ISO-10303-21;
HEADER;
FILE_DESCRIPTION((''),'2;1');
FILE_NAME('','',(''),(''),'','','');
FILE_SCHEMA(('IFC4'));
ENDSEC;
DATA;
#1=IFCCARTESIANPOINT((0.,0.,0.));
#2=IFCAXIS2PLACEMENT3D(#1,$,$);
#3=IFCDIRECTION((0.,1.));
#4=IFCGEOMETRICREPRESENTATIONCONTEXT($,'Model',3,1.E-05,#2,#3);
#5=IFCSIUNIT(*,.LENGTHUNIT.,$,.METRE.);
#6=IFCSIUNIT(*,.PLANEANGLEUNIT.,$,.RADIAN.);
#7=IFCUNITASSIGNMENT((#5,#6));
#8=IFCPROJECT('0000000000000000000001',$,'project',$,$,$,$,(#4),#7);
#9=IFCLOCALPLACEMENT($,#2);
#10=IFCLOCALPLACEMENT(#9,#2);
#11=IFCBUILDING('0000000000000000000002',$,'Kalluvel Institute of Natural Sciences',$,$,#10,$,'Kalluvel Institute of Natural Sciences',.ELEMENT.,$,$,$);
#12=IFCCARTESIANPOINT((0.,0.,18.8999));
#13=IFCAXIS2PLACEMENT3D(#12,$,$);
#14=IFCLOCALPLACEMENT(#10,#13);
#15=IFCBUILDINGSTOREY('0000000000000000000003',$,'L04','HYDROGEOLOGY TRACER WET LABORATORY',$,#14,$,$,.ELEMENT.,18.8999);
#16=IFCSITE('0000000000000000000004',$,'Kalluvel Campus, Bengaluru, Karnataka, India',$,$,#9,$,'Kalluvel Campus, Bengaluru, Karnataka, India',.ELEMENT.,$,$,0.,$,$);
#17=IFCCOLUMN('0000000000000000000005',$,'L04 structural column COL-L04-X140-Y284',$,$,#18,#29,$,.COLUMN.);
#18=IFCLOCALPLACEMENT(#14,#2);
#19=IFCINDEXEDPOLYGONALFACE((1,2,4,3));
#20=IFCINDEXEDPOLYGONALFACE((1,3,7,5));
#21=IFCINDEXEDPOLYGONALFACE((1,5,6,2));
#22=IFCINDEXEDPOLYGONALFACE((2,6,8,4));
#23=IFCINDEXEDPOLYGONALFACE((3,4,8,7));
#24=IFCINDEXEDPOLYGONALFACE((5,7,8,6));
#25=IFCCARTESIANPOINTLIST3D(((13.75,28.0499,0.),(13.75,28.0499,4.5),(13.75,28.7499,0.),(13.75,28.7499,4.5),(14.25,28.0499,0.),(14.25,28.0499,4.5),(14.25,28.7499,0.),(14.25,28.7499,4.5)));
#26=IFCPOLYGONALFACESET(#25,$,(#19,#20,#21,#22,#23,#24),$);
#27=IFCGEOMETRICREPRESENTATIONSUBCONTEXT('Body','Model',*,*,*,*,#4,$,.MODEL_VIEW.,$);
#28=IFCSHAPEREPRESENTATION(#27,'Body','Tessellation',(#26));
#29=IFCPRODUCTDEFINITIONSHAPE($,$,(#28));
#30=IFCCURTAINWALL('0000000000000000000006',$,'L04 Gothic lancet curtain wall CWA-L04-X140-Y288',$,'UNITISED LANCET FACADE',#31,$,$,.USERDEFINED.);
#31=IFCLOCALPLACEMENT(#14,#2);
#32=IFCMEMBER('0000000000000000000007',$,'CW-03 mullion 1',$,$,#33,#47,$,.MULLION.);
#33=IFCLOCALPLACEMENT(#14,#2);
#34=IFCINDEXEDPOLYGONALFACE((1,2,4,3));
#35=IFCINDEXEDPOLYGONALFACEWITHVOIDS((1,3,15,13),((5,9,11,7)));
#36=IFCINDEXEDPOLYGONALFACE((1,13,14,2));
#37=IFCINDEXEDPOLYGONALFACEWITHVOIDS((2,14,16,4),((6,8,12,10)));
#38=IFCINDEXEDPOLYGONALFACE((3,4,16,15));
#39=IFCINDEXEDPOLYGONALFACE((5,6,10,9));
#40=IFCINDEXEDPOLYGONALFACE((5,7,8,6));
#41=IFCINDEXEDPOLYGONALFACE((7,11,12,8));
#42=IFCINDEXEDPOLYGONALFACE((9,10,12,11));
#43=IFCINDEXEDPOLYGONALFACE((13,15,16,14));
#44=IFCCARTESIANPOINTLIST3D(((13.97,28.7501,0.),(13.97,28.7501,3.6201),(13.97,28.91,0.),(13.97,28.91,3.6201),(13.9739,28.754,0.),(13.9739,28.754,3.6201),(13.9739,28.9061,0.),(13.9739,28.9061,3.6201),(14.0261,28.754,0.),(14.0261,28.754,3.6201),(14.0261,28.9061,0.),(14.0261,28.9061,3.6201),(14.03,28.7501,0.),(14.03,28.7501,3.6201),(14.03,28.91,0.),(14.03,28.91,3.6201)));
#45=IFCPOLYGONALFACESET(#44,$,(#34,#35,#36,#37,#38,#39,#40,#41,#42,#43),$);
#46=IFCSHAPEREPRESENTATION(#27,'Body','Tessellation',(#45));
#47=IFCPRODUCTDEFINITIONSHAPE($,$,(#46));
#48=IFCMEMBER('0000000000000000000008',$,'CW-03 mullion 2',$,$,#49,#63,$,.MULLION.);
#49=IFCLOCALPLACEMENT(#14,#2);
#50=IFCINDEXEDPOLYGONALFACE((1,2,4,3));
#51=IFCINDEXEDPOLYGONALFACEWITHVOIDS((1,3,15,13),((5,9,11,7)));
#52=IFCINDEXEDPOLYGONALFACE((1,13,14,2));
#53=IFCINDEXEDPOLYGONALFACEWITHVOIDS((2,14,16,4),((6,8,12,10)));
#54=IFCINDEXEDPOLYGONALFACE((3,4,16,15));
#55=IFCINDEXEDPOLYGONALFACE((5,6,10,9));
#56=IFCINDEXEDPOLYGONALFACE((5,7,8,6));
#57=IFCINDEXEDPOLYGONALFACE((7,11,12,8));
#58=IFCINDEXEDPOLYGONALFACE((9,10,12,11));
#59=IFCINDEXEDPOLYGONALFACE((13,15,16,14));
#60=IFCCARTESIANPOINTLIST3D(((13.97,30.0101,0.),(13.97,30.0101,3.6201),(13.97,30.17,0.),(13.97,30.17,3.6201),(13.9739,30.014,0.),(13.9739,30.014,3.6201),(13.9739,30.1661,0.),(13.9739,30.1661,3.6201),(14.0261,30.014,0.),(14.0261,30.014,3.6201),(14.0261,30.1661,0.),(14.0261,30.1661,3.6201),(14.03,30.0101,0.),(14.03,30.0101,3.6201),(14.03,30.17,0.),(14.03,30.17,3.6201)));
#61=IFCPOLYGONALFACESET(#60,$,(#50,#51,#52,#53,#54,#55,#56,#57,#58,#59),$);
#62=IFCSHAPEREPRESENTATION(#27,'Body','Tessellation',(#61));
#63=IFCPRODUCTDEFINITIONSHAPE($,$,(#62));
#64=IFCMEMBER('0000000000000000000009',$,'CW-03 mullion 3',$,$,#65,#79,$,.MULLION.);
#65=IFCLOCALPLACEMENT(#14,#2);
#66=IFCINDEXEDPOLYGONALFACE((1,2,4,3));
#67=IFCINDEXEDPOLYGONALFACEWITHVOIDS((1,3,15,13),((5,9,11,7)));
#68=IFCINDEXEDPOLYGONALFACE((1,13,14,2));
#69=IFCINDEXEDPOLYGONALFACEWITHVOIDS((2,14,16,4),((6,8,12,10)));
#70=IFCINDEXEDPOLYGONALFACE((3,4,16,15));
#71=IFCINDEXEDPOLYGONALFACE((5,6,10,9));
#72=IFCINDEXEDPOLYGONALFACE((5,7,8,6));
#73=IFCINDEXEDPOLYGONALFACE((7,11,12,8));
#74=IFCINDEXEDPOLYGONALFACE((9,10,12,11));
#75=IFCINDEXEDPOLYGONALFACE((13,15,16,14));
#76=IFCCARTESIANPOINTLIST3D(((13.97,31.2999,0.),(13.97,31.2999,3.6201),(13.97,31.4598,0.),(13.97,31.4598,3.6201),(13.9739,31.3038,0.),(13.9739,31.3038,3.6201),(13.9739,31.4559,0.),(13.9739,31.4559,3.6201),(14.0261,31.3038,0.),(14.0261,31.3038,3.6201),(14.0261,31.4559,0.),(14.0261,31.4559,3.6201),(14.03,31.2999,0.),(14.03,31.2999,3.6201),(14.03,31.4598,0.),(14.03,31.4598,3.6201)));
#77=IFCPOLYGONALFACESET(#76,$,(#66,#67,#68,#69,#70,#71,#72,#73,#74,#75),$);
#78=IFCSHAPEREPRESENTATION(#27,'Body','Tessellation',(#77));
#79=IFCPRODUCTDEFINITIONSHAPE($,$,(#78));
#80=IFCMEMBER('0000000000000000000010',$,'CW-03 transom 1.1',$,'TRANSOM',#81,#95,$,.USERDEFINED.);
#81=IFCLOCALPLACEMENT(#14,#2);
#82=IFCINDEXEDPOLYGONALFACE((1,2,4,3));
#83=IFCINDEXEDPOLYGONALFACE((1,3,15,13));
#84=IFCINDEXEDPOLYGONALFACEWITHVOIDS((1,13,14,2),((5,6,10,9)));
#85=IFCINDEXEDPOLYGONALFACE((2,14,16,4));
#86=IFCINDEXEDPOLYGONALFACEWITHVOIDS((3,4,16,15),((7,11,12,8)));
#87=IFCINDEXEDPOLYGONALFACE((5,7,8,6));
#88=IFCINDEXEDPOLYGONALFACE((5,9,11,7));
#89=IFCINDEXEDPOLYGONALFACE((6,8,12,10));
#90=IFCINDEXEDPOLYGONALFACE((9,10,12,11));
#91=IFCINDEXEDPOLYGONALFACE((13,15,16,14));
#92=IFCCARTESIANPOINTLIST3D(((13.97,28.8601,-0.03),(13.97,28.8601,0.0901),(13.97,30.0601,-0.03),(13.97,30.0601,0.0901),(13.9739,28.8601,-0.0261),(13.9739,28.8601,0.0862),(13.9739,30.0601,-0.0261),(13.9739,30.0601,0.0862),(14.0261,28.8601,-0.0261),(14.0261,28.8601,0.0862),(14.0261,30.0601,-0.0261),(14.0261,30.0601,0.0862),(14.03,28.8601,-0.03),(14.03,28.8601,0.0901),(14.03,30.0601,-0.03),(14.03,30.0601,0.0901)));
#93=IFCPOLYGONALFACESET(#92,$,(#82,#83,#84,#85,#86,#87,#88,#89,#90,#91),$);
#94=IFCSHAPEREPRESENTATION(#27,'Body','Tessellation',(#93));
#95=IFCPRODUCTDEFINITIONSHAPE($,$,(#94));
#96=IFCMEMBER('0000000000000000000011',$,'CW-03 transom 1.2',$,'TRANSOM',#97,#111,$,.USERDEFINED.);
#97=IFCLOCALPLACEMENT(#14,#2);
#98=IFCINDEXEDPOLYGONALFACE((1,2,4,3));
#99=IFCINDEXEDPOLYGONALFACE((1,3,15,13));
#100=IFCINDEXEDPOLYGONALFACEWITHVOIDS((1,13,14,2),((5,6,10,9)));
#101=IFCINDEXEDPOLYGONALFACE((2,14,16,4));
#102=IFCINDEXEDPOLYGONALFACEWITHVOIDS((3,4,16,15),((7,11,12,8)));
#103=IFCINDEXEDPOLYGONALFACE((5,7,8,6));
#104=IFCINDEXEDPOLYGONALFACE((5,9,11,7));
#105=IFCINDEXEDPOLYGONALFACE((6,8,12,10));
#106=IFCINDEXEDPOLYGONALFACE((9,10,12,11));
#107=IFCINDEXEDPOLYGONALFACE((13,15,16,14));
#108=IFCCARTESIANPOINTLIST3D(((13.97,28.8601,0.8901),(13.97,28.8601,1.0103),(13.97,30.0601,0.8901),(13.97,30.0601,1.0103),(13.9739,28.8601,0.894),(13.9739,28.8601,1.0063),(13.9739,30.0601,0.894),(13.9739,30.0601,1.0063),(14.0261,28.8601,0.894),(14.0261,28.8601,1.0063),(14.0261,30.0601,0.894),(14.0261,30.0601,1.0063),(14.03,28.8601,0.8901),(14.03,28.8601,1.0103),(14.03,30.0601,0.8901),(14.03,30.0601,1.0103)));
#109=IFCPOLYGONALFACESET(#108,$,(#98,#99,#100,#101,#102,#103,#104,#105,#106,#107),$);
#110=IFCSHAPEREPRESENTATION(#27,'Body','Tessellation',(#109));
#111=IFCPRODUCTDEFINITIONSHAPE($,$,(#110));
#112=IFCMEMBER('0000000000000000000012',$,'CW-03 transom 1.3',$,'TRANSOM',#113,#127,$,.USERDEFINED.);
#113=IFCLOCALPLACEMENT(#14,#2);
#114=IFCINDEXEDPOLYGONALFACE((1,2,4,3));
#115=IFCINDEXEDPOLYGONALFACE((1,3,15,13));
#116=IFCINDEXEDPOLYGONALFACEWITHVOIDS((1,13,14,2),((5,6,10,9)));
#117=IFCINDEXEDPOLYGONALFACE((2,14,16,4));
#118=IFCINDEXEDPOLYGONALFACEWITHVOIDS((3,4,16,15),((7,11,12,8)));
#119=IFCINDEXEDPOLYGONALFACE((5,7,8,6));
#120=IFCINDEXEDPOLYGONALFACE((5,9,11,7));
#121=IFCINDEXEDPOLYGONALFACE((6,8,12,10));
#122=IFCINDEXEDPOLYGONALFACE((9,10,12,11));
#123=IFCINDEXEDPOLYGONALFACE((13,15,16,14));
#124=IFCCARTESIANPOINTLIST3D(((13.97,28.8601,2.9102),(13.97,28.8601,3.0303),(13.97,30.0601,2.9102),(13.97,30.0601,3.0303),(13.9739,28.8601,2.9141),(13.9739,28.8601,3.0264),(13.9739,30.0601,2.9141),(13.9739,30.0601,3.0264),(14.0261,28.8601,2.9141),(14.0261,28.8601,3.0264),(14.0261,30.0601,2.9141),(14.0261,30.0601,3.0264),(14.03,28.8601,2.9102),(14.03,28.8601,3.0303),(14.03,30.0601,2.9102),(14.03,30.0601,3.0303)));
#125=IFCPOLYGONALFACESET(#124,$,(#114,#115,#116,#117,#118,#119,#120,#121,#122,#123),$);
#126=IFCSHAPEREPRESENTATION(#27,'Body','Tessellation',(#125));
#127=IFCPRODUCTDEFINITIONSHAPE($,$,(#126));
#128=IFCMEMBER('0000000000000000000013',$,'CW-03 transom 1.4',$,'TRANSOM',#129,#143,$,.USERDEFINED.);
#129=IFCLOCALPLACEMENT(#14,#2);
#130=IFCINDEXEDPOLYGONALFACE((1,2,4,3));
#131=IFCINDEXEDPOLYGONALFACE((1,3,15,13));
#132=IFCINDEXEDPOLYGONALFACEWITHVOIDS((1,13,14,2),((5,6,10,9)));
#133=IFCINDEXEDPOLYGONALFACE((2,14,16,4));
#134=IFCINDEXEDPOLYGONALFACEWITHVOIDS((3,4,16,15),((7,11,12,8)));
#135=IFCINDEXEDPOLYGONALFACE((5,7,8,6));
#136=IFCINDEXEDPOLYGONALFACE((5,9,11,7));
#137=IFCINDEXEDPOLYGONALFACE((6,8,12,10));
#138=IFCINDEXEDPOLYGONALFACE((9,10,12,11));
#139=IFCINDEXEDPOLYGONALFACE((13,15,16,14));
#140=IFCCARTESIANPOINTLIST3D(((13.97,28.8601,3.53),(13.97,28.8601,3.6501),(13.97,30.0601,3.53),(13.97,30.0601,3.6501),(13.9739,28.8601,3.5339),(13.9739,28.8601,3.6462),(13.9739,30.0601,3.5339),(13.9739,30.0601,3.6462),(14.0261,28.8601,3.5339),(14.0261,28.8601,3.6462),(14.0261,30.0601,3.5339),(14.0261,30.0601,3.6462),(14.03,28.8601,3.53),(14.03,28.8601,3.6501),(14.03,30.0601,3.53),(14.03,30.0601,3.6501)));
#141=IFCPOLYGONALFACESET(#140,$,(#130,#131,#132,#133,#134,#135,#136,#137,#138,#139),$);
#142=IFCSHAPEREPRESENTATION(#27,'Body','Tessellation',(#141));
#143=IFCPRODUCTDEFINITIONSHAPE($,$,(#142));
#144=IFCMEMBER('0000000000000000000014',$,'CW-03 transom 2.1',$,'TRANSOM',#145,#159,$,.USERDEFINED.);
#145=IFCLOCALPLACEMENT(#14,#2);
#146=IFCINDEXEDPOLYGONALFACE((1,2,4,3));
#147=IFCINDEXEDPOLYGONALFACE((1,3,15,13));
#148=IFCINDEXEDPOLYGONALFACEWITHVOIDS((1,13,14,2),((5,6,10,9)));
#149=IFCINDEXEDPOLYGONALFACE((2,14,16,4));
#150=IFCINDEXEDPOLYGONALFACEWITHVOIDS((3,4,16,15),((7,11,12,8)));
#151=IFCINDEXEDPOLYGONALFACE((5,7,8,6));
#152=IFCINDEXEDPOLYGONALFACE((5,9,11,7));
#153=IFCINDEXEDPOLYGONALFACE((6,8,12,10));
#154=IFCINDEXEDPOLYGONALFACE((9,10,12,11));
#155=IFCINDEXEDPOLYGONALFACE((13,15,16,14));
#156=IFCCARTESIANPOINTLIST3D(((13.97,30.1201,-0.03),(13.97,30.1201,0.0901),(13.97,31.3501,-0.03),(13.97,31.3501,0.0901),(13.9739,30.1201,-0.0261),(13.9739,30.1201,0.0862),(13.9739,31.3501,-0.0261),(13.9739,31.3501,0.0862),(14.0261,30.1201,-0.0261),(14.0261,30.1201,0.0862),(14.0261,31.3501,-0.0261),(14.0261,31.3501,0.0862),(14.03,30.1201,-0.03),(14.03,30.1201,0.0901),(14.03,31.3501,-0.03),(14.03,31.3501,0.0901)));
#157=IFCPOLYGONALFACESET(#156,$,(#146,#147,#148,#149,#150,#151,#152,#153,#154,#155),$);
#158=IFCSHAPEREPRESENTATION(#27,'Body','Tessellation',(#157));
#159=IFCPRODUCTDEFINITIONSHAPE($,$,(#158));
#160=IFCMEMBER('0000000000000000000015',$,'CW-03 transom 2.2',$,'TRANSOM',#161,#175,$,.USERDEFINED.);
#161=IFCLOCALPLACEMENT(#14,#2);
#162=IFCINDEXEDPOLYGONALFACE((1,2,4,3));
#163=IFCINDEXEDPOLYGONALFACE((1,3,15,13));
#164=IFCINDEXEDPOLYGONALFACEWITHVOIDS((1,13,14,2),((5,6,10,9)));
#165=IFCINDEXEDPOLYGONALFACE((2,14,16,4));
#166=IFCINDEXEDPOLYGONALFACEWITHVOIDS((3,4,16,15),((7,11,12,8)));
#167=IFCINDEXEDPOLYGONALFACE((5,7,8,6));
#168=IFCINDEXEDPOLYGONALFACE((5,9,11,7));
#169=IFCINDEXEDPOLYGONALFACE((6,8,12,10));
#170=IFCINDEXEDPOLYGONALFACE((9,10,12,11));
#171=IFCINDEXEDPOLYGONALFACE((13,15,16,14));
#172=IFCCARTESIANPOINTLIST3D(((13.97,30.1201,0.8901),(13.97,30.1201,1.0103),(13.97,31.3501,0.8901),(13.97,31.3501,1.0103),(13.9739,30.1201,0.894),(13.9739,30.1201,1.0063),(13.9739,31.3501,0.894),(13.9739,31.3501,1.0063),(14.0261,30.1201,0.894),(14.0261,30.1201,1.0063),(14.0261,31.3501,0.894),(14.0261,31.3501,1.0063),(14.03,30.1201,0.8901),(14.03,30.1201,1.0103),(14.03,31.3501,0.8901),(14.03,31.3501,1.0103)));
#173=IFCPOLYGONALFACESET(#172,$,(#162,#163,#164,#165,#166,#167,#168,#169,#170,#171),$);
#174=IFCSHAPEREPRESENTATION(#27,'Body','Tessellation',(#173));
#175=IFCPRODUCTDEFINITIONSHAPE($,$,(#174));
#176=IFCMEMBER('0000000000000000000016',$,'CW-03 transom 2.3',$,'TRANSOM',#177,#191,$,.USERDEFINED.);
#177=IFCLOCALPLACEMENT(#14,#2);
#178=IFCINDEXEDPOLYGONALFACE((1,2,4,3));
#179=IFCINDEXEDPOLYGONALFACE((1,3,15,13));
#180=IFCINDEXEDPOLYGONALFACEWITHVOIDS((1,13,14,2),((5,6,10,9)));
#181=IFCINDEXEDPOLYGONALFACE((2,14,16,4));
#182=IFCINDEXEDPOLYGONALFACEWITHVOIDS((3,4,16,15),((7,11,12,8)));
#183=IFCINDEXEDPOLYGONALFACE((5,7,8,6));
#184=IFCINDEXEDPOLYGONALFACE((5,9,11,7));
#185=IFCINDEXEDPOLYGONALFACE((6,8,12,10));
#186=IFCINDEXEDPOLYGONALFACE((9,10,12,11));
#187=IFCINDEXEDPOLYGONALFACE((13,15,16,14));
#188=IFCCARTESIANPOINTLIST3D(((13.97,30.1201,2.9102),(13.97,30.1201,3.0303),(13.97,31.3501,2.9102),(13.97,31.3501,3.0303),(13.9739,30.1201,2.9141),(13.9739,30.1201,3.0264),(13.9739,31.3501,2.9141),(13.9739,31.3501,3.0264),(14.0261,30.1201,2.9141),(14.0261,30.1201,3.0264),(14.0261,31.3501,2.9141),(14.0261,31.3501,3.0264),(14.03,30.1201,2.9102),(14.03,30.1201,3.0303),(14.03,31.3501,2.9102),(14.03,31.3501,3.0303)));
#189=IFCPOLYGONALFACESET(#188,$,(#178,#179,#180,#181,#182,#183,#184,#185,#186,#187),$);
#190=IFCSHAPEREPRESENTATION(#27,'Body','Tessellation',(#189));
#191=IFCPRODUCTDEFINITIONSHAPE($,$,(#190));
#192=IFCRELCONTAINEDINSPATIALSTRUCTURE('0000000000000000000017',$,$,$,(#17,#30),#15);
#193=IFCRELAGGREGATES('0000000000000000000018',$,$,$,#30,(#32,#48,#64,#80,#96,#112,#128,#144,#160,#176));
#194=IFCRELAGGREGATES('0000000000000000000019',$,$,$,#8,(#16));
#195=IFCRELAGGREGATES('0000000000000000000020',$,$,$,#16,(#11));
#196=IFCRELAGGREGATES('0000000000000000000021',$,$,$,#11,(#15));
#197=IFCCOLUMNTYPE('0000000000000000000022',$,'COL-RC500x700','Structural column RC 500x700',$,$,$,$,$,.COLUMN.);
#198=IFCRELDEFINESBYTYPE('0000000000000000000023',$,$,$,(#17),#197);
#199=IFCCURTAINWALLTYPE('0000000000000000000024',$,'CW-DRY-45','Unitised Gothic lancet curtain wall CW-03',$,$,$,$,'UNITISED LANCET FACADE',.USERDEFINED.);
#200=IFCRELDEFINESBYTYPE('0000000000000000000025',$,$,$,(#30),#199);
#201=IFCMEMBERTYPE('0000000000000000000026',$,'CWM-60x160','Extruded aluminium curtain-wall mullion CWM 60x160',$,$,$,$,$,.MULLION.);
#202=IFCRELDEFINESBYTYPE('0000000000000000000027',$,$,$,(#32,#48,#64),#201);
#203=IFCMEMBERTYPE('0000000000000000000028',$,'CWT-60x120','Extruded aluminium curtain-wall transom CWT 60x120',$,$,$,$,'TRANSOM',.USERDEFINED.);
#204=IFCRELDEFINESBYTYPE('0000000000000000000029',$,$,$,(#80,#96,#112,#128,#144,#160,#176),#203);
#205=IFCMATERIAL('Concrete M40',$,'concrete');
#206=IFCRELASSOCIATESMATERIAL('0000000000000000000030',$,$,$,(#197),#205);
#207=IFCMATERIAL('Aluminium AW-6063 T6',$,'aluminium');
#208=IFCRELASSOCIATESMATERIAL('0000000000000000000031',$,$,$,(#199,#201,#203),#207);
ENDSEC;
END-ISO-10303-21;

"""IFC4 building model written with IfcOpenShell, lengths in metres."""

from ifc_helpers import new_model, si_unit, direction, frame, origin, origin_2d, place, context, subcontext, project, spatial, rectangle, hollow_rectangle, extrude, material, material_profile, profile_set, type_object, element, aggregate, save


model = new_model("IFC4")

# Units and contexts
model_context = context("Model", 3, precision=1e-05, world=origin(), true_north=direction((0.0, 1.0)))
body_context = subcontext(model_context, "Body", "Model", "MODEL_VIEW")
ifc_project = project(units=[si_unit("LENGTHUNIT", "METRE"), si_unit("PLANEANGLEUNIT", "RADIAN")], contexts=[model_context])

# Site, building, storey
site_placement = place(None, origin())
site = spatial("IfcSite", under=ifc_project, at=site_placement, Name="Kalluvel Campus, Bengaluru, Karnataka, India", LongName="Kalluvel Campus, Bengaluru, Karnataka, India", CompositionType="ELEMENT", RefElevation=0.0)
building_placement = place(site_placement, origin())
building = spatial("IfcBuilding", under=site, at=building_placement, Name="Kalluvel Institute of Natural Sciences", LongName="Kalluvel Institute of Natural Sciences", CompositionType="ELEMENT")
storey_placement = place(building_placement, frame((0.0, 0.0, 18.8999)))
storey = spatial("IfcBuildingStorey", under=building, at=storey_placement, Name="L04", Description="HYDROGEOLOGY TRACER WET LABORATORY", CompositionType="ELEMENT", Elevation=18.8999)

# Column
ifc_material_1 = material(Name="Concrete M40", Category="concrete")
ifc_material_profile_1 = material_profile(ifc_material_1, rectangle(XDim=0.5, YDim=0.7, at=origin_2d()), Name="RC 500x700")
ifc_profile_set_1 = profile_set([ifc_material_profile_1], Name="Concrete M40")
column_type = type_object("IfcColumnType", Name="COL-RC500x700", Description="Structural column RC 500x700", PredefinedType="COLUMN", material=ifc_profile_set_1)
column_placement = place(storey_placement, frame((14.0, 28.3999, 0.0), z_axis=(0.0, 0.0, 1.0), x_axis=(1.0, 0.0, 0.0)))
element("IfcColumn", 1, at=column_placement, inside=storey, type_object=column_type, Name="L04 structural column COL-L04-X140-Y284", PredefinedType="COLUMN", context=body_context, shape_type="SweptSolid", body=[
    extrude(rectangle(XDim=0.5, YDim=0.7, at=origin_2d()), origin(), (0.0, 0.0, 1.0), 4.5),
])

# Curtain wall, members
ifc_material_2 = material(Name="Aluminium AW-6063 T6", Category="aluminium")
curtain_wall_type = type_object("IfcCurtainWallType", Name="CW-DRY-45", Description="Unitised Gothic lancet curtain wall CW-03", ElementType="UNITISED LANCET FACADE", PredefinedType="USERDEFINED", material=ifc_material_2)
curtain_wall_placement = place(storey_placement, origin())
curtain_wall = element("IfcCurtainWall", 2, at=curtain_wall_placement, inside=storey, type_object=curtain_wall_type, Name="L04 Gothic lancet curtain wall CWA-L04-X140-Y288", ObjectType="UNITISED LANCET FACADE", PredefinedType="USERDEFINED")
ifc_material_profile_2 = material_profile(ifc_material_2, hollow_rectangle(XDim=0.0601, YDim=0.1599, WallThickness=0.0039, at=origin_2d()), Name="CWM 60x160")
ifc_profile_set_2 = profile_set([ifc_material_profile_2], Name="Aluminium AW-6063 T6")
member_type_1 = type_object("IfcMemberType", Name="CWM-60x160", Description="Extruded aluminium curtain-wall mullion CWM 60x160", PredefinedType="MULLION", material=ifc_profile_set_2)
member_1_placement = place(storey_placement, frame((14.0, 28.8301, 0.0), z_axis=(0.0, 0.0, 1.0), x_axis=(-1.0, 0.0, 0.0)))
member_1 = element("IfcMember", 3, at=member_1_placement, type_object=member_type_1, Name="CW-03 mullion 1", PredefinedType="MULLION", context=body_context, shape_type="SweptSolid", body=[
    extrude(hollow_rectangle(XDim=0.0601, YDim=0.1599, WallThickness=0.0039, at=origin_2d()), origin(), (0.0, 0.0, 1.0), 3.6201),
])
member_2_placement = place(storey_placement, frame((14.0, 30.0901, 0.0), z_axis=(0.0, 0.0, 1.0), x_axis=(-1.0, 0.0, 0.0)))
member_2 = element("IfcMember", 4, at=member_2_placement, type_object=member_type_1, Name="CW-03 mullion 2", PredefinedType="MULLION", context=body_context, shape_type="SweptSolid", body=[
    extrude(hollow_rectangle(XDim=0.0601, YDim=0.1599, WallThickness=0.0039, at=origin_2d()), origin(), (0.0, 0.0, 1.0), 3.6201),
])
member_3_placement = place(storey_placement, frame((14.0, 31.3799, 0.0), z_axis=(0.0, 0.0, 1.0), x_axis=(-1.0, 0.0, 0.0)))
member_3 = element("IfcMember", 5, at=member_3_placement, type_object=member_type_1, Name="CW-03 mullion 3", PredefinedType="MULLION", context=body_context, shape_type="SweptSolid", body=[
    extrude(hollow_rectangle(XDim=0.0601, YDim=0.1599, WallThickness=0.0039, at=origin_2d()), origin(), (0.0, 0.0, 1.0), 3.6201),
])
ifc_material_profile_3 = material_profile(ifc_material_2, hollow_rectangle(XDim=0.0601, YDim=0.1201, WallThickness=0.0039, at=origin_2d()), Name="CWT 60x120")
ifc_profile_set_3 = profile_set([ifc_material_profile_3], Name="Aluminium AW-6063 T6")
member_type_2 = type_object("IfcMemberType", Name="CWT-60x120", Description="Extruded aluminium curtain-wall transom CWT 60x120", ElementType="TRANSOM", PredefinedType="USERDEFINED", material=ifc_profile_set_3)
member_4_placement = place(storey_placement, frame((14.0, 28.8601, 0.03), z_axis=(0.0, 1.0, 0.0), x_axis=(-1.0, 0.0, 0.0)))
member_4 = element("IfcMember", 6, at=member_4_placement, type_object=member_type_2, Name="CW-03 transom 1.1", ObjectType="TRANSOM", PredefinedType="USERDEFINED", context=body_context, shape_type="SweptSolid", body=[
    extrude(hollow_rectangle(XDim=0.0601, YDim=0.1201, WallThickness=0.0039, at=origin_2d()), origin(), (0.0, 0.0, 1.0), 1.2),
])
member_5_placement = place(storey_placement, frame((14.0, 28.8601, 0.9502), z_axis=(0.0, 1.0, 0.0), x_axis=(-1.0, 0.0, 0.0)))
member_5 = element("IfcMember", 7, at=member_5_placement, type_object=member_type_2, Name="CW-03 transom 1.2", ObjectType="TRANSOM", PredefinedType="USERDEFINED", context=body_context, shape_type="SweptSolid", body=[
    extrude(hollow_rectangle(XDim=0.0601, YDim=0.1201, WallThickness=0.0039, at=origin_2d()), origin(), (0.0, 0.0, 1.0), 1.2),
])
member_6_placement = place(storey_placement, frame((14.0, 28.8601, 2.9702), z_axis=(0.0, 1.0, 0.0), x_axis=(-1.0, 0.0, 0.0)))
member_6 = element("IfcMember", 8, at=member_6_placement, type_object=member_type_2, Name="CW-03 transom 1.3", ObjectType="TRANSOM", PredefinedType="USERDEFINED", context=body_context, shape_type="SweptSolid", body=[
    extrude(hollow_rectangle(XDim=0.0601, YDim=0.1201, WallThickness=0.0039, at=origin_2d()), origin(), (0.0, 0.0, 1.0), 1.2),
])
member_7_placement = place(storey_placement, frame((14.0, 28.8601, 3.5901), z_axis=(0.0, 1.0, 0.0), x_axis=(-1.0, 0.0, 0.0)))
member_7 = element("IfcMember", 9, at=member_7_placement, type_object=member_type_2, Name="CW-03 transom 1.4", ObjectType="TRANSOM", PredefinedType="USERDEFINED", context=body_context, shape_type="SweptSolid", body=[
    extrude(hollow_rectangle(XDim=0.0601, YDim=0.1201, WallThickness=0.0039, at=origin_2d()), origin(), (0.0, 0.0, 1.0), 1.2),
])
member_8_placement = place(storey_placement, frame((14.0, 30.1201, 0.03), z_axis=(0.0, 1.0, 0.0), x_axis=(-1.0, 0.0, 0.0)))
member_8 = element("IfcMember", 10, at=member_8_placement, type_object=member_type_2, Name="CW-03 transom 2.1", ObjectType="TRANSOM", PredefinedType="USERDEFINED", context=body_context, shape_type="SweptSolid", body=[
    extrude(hollow_rectangle(XDim=0.0601, YDim=0.1201, WallThickness=0.0039, at=origin_2d()), origin(), (0.0, 0.0, 1.0), 1.23),
])
member_9_placement = place(storey_placement, frame((14.0, 30.1201, 0.9502), z_axis=(0.0, 1.0, 0.0), x_axis=(-1.0, 0.0, 0.0)))
member_9 = element("IfcMember", 11, at=member_9_placement, type_object=member_type_2, Name="CW-03 transom 2.2", ObjectType="TRANSOM", PredefinedType="USERDEFINED", context=body_context, shape_type="SweptSolid", body=[
    extrude(hollow_rectangle(XDim=0.0601, YDim=0.1201, WallThickness=0.0039, at=origin_2d()), origin(), (0.0, 0.0, 1.0), 1.23),
])
member_10_placement = place(storey_placement, frame((14.0, 30.1201, 2.9702), z_axis=(0.0, 1.0, 0.0), x_axis=(-1.0, 0.0, 0.0)))
member_10 = element("IfcMember", 12, at=member_10_placement, type_object=member_type_2, Name="CW-03 transom 2.3", ObjectType="TRANSOM", PredefinedType="USERDEFINED", context=body_context, shape_type="SweptSolid", body=[
    extrude(hollow_rectangle(XDim=0.0601, YDim=0.1201, WallThickness=0.0039, at=origin_2d()), origin(), (0.0, 0.0, 1.0), 1.23),
])

aggregate(curtain_wall, [member_1, member_2, member_3, member_4, member_5, member_6, member_7, member_8, member_9, member_10])

save(model, "model.ifc")
